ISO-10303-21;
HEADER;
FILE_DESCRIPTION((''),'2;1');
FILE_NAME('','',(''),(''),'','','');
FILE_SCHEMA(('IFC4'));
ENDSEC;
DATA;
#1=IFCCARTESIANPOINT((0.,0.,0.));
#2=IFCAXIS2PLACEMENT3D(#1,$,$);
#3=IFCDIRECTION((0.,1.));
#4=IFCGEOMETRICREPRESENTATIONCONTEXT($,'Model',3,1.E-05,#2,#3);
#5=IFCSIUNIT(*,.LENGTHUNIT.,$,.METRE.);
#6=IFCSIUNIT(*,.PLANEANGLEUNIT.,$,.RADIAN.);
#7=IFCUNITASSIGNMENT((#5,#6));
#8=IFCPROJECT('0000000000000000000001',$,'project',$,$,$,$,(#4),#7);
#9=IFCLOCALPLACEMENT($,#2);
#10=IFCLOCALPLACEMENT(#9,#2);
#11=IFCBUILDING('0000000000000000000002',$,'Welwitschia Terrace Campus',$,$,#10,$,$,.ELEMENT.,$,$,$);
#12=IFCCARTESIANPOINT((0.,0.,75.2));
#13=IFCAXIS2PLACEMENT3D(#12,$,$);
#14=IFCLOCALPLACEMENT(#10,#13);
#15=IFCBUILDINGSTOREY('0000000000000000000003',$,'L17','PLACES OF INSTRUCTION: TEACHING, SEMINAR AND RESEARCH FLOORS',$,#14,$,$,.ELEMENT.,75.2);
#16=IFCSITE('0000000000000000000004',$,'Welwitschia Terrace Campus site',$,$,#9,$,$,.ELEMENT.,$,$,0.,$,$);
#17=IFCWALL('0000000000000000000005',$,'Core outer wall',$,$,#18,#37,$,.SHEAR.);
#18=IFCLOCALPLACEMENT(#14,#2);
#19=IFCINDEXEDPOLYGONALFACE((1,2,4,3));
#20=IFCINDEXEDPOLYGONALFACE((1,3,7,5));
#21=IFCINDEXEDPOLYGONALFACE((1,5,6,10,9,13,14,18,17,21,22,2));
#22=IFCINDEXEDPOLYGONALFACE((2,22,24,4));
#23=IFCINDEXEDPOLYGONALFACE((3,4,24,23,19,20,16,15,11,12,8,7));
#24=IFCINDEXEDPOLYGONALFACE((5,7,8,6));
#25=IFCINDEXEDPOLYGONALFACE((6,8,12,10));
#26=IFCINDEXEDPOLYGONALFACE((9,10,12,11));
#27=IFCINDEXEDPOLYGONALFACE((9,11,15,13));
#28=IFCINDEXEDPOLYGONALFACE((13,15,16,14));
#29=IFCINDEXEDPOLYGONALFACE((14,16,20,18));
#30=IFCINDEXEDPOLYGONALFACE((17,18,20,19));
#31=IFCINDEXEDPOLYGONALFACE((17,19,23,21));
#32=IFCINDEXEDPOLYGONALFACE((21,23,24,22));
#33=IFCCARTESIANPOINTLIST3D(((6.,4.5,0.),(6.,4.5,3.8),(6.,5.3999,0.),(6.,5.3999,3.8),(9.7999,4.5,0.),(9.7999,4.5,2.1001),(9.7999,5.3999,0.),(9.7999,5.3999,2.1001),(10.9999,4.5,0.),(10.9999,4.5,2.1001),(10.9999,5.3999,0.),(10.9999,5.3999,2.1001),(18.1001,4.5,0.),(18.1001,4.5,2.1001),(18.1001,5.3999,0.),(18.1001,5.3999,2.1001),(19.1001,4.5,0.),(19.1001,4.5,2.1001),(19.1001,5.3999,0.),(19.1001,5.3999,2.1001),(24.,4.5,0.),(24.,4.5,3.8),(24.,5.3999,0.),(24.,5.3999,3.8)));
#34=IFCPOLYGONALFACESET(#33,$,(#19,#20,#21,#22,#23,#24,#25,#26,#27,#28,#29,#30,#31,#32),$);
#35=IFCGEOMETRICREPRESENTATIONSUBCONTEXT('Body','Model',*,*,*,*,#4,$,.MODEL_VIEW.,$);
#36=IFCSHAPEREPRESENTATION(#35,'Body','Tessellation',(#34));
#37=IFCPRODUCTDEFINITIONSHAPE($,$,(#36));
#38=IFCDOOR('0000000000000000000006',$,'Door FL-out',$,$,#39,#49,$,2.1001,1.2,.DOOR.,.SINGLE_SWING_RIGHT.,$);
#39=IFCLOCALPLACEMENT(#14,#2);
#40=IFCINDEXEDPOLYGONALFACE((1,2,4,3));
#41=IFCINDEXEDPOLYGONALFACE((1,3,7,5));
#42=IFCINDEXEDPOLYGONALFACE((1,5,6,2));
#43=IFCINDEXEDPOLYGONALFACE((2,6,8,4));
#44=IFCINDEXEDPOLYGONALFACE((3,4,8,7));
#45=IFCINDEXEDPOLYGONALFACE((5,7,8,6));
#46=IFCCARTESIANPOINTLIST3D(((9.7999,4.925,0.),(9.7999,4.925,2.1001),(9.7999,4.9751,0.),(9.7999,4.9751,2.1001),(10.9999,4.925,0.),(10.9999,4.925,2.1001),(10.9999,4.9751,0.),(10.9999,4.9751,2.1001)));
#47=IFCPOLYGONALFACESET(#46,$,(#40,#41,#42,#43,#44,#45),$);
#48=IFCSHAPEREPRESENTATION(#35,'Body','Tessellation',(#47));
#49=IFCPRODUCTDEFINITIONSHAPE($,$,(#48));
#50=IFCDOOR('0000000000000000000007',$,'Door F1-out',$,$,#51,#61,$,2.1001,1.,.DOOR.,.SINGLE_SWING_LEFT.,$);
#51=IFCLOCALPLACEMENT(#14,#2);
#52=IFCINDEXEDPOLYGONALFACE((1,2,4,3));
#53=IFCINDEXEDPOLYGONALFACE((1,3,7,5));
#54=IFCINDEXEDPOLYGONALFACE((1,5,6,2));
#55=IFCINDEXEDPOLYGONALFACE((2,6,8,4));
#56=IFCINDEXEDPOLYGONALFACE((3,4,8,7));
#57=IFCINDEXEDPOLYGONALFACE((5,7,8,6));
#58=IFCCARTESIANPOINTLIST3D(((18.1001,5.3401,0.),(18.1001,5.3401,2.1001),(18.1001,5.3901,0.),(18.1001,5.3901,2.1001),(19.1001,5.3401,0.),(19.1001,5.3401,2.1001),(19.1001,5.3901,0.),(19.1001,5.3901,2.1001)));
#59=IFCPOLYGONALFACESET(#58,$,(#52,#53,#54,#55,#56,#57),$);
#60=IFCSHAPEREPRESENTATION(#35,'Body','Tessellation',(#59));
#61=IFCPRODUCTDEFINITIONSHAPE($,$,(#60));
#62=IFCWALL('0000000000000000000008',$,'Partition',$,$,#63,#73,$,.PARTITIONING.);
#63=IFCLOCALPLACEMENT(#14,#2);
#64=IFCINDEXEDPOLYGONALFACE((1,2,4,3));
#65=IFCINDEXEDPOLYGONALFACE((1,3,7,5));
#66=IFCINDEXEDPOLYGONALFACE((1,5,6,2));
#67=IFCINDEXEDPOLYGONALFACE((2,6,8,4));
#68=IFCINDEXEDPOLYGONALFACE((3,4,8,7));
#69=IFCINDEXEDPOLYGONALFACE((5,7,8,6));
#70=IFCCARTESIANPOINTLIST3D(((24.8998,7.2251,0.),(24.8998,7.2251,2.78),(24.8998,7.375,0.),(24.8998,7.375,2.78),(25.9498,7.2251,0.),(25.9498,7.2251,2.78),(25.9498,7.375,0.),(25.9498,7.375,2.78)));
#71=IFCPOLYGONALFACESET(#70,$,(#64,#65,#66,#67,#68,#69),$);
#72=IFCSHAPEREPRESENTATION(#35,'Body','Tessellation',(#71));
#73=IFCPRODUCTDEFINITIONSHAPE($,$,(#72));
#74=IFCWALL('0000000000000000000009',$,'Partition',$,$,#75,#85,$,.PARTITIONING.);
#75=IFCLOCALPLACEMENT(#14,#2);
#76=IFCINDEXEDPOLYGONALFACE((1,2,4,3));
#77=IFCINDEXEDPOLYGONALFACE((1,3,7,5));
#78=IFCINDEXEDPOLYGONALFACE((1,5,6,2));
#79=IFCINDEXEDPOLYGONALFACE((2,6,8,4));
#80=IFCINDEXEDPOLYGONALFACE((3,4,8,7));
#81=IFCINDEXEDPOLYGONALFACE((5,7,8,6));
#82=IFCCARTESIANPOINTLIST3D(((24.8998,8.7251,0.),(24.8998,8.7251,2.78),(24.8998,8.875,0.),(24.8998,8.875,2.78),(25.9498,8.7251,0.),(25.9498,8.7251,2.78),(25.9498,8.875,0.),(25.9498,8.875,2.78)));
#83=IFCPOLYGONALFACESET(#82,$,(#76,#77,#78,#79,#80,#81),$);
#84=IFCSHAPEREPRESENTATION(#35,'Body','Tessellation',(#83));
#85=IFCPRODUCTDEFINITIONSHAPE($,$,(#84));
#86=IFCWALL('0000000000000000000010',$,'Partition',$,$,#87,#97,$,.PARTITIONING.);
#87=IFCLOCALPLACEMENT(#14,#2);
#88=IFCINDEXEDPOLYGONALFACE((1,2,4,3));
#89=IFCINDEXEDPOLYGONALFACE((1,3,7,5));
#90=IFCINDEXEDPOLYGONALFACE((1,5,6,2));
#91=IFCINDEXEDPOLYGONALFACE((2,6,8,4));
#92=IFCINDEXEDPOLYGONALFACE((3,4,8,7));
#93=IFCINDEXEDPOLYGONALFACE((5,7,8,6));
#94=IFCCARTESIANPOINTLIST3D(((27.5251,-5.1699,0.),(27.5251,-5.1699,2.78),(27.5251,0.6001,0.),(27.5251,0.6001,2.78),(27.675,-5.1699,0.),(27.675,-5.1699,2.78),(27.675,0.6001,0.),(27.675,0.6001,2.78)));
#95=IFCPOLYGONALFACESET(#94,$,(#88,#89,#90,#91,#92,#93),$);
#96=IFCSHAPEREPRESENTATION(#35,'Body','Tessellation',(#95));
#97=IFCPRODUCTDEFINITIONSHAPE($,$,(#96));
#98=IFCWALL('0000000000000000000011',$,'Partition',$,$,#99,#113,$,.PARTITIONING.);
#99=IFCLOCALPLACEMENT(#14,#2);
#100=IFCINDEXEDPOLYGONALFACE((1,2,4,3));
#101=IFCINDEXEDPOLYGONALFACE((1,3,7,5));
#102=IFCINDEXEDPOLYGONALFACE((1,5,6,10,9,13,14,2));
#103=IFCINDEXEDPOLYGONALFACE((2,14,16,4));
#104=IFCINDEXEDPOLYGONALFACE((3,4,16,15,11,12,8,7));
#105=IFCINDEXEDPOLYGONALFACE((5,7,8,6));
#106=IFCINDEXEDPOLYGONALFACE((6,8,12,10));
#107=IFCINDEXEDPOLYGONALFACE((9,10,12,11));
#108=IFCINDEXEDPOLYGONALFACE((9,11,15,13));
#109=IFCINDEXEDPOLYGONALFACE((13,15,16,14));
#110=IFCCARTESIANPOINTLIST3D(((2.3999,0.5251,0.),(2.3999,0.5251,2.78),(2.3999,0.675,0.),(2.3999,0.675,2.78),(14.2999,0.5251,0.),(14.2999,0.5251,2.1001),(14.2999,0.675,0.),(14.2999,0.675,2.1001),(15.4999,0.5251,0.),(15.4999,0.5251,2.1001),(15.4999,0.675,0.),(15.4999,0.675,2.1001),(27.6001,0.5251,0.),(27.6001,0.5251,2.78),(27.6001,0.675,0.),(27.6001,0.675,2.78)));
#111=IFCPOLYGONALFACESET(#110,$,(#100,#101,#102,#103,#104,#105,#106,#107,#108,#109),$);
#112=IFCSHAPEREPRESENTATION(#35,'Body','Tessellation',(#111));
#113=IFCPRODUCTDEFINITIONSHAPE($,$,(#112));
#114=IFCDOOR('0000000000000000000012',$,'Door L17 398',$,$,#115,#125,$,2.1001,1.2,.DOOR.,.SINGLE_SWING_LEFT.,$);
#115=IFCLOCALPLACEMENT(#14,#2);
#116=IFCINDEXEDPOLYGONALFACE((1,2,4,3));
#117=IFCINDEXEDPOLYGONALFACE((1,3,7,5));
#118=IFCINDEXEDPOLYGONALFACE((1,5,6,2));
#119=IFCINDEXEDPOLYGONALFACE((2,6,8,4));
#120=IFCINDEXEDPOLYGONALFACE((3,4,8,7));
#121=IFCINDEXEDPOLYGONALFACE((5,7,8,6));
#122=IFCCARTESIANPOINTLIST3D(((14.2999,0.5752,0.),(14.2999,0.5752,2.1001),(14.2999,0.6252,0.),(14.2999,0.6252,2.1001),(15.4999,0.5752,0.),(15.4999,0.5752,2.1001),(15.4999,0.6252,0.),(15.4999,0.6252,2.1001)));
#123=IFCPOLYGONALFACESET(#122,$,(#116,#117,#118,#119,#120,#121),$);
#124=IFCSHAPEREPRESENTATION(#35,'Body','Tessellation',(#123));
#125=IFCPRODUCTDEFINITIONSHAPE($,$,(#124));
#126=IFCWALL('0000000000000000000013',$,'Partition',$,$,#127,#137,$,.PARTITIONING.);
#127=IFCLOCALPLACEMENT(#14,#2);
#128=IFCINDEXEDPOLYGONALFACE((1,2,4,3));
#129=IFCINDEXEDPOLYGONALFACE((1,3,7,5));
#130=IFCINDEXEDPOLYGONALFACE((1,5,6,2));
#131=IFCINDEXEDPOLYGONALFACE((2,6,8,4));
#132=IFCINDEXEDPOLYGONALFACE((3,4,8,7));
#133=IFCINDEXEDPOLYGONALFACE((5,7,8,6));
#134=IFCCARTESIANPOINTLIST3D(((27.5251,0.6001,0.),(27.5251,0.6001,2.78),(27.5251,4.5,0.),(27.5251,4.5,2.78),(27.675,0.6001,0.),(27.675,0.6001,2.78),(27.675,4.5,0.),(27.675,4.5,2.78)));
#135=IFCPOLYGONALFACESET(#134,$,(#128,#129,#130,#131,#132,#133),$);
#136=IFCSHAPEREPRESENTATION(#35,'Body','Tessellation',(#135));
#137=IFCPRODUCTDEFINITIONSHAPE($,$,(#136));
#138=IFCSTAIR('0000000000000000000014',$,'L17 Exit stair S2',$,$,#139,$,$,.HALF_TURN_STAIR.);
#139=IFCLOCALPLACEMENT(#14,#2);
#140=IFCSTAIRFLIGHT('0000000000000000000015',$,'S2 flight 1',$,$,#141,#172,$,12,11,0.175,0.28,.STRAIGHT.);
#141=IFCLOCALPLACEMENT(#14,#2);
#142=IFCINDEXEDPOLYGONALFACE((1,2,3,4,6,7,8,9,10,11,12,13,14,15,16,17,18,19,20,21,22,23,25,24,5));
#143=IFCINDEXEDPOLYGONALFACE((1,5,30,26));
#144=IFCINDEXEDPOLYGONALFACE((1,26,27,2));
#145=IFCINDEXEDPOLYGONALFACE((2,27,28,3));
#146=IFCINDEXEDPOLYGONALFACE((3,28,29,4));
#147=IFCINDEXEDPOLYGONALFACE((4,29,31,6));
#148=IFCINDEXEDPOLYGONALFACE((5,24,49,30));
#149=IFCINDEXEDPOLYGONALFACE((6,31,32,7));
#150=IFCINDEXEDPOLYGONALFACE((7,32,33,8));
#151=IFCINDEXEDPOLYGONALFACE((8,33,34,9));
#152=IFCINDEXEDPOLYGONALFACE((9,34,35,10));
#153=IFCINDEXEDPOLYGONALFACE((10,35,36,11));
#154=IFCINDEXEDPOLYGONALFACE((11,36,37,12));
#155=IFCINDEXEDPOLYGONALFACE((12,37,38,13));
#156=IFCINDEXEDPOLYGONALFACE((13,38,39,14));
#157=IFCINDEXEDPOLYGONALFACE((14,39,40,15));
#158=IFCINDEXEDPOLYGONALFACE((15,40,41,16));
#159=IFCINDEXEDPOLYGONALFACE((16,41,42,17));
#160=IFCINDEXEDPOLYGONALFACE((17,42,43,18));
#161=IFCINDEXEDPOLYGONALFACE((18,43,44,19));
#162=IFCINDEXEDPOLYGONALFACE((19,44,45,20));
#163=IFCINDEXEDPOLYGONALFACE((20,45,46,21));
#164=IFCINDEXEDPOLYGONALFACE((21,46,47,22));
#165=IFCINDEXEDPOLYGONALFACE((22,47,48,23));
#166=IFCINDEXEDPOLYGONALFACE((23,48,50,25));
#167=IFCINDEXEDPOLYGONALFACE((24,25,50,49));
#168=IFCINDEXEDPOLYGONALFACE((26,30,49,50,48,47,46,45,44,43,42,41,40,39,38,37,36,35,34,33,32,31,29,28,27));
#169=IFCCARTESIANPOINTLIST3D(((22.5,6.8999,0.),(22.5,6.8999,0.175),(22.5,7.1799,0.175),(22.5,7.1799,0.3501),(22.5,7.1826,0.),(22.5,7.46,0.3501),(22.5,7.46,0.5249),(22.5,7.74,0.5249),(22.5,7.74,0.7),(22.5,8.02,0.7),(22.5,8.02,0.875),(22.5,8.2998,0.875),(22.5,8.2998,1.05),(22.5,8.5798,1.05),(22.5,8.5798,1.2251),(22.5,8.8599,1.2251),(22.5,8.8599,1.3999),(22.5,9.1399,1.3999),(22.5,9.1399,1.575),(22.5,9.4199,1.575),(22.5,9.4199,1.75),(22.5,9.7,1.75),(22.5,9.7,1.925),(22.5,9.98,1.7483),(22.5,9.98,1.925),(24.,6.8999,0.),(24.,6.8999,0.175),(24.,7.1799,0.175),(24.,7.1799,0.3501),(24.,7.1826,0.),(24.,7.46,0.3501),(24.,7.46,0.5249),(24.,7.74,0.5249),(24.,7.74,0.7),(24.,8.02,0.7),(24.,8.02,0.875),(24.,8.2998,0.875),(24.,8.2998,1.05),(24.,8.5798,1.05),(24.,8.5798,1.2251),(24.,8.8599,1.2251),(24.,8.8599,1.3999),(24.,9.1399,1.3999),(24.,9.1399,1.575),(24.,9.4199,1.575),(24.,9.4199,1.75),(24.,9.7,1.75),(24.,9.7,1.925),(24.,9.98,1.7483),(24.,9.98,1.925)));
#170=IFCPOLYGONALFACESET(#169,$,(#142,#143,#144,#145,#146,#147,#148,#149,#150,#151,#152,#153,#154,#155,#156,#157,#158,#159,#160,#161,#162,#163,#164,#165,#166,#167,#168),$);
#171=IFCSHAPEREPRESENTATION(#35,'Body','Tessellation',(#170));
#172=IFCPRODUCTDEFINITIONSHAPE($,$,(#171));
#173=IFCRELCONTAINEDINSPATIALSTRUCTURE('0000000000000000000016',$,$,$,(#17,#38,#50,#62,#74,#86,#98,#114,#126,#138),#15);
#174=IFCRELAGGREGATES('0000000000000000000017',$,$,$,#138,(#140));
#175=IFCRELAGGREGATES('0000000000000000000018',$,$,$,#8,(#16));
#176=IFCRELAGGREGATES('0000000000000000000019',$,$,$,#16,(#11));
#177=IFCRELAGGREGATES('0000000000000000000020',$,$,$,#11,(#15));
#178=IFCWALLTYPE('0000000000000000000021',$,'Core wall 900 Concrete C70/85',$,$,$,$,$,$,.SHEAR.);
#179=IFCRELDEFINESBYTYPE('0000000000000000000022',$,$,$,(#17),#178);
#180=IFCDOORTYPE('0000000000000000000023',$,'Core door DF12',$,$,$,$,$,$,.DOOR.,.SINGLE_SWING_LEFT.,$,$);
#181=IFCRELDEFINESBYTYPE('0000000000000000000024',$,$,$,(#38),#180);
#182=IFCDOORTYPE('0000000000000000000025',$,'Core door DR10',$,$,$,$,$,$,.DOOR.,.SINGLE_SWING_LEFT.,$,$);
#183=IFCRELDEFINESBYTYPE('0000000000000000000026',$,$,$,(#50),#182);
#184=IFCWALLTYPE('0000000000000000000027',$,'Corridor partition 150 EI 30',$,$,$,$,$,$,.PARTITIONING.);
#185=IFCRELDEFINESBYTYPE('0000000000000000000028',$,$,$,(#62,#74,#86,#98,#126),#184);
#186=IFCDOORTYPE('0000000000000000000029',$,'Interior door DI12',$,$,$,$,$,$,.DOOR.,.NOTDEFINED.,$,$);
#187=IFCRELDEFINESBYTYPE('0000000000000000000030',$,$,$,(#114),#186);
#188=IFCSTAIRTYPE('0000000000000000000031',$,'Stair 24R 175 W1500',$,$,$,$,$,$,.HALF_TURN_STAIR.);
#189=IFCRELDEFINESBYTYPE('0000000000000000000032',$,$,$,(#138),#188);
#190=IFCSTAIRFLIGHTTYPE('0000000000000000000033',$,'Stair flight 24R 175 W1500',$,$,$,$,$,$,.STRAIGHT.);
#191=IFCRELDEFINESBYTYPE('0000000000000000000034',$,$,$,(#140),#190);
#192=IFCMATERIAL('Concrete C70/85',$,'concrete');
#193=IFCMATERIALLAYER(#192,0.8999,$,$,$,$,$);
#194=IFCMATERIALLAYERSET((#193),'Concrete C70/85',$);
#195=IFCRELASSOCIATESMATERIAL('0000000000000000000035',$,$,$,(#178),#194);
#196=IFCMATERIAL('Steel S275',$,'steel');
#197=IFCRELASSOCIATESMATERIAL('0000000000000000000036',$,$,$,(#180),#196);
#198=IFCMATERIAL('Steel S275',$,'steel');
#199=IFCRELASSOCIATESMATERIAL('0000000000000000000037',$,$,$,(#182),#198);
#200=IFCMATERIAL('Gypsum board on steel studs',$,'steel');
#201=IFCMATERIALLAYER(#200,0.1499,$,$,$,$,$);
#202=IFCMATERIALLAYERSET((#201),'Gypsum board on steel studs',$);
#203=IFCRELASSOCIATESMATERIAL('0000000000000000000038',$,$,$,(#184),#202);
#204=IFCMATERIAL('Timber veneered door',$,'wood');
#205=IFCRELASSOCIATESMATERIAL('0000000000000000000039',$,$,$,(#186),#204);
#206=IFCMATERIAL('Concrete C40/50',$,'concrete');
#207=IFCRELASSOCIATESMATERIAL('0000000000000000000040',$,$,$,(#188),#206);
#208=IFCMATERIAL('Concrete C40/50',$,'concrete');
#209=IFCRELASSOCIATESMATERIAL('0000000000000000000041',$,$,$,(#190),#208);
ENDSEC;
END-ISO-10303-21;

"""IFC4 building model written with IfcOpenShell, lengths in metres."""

from ifc_helpers import new_model, si_unit, direction, frame, frame_2d, origin, place, context, subcontext, project, spatial, polyline, rectangle, outline, extrude, material, layer, layer_set, type_object, element, fill, aggregate, save


model = new_model("IFC4")

# Units and contexts
model_context = context("Model", 3, precision=1e-05, world=origin(), true_north=direction((0.0, 1.0)))
body_context = subcontext(model_context, "Body", "Model", "MODEL_VIEW")
ifc_project = project(units=[si_unit("LENGTHUNIT", "METRE"), si_unit("PLANEANGLEUNIT", "RADIAN")], contexts=[model_context])

# Site, building, storey
site_placement = place(None, origin())
site = spatial("IfcSite", under=ifc_project, at=site_placement, Name="Welwitschia Terrace Campus site", CompositionType="ELEMENT", RefElevation=0.0)
building_placement = place(site_placement, origin())
building = spatial("IfcBuilding", under=site, at=building_placement, Name="Welwitschia Terrace Campus", CompositionType="ELEMENT")
storey_placement = place(building_placement, frame((0.0, 0.0, 75.2)))
storey = spatial("IfcBuildingStorey", under=building, at=storey_placement, Name="L17", Description="PLACES OF INSTRUCTION: TEACHING, SEMINAR AND RESEARCH FLOORS", CompositionType="ELEMENT", Elevation=75.2)

# Wall, openings, doors
ifc_material_1 = material(Name="Concrete C70/85", Category="concrete")
ifc_layer_1 = layer(ifc_material_1, 0.8999)
ifc_layer_set_1 = layer_set([ifc_layer_1], Name="Concrete C70/85")
wall_type_1 = type_object("IfcWallType", Name="Core wall 900 Concrete C70/85", PredefinedType="SHEAR", material=ifc_layer_set_1)
wall_1_placement = place(storey_placement, frame((24.0, 4.95, 0.0), z_axis=(0.0, 0.0, 1.0), x_axis=(-1.0, 0.0, 0.0)))
wall_1 = element("IfcWall", 1, at=wall_1_placement, inside=storey, type_object=wall_type_1, Name="Core outer wall", PredefinedType="SHEAR", context=body_context, shape_type="SweptSolid", body=[
    extrude(rectangle(XDim=18.0, YDim=0.8999, at=frame_2d((9.0, 0.0))), origin(), (0.0, 0.0, 1.0), 3.8),
])
opening_1_placement = place(wall_1_placement, frame((13.0, 0.0, 0.0)))
opening_1 = element("IfcOpeningElement", 2, at=opening_1_placement, cuts=wall_1, PredefinedType="OPENING", context=body_context, shape_type="SweptSolid", body=[
    extrude(rectangle(XDim=1.2, YDim=2.1001, at=frame_2d((0.6001, 1.05))), frame((0.0, 0.46, 0.0), z_axis=(0.0, -1.0, 0.0), x_axis=(1.0, 0.0, 0.0)), (0.0, 0.0, 1.0), 0.9199),
])
opening_2_placement = place(wall_1_placement, frame((4.8999, 0.0, 0.0)))
opening_2 = element("IfcOpeningElement", 3, at=opening_2_placement, cuts=wall_1, PredefinedType="OPENING", context=body_context, shape_type="SweptSolid", body=[
    extrude(rectangle(XDim=1.0, YDim=2.1001, at=frame_2d((0.5, 1.05))), frame((0.0, 0.46, 0.0), z_axis=(0.0, -1.0, 0.0), x_axis=(1.0, 0.0, 0.0)), (0.0, 0.0, 1.0), 0.9199),
])
ifc_material_2 = material(Name="Steel S275", Category="steel")
door_type_1 = type_object("IfcDoorType", Name="Core door DF12", OperationType="SINGLE_SWING_LEFT", PredefinedType="DOOR", material=ifc_material_2)
door_1_placement = place(opening_1_placement, origin())
door_1 = element("IfcDoor", 4, at=door_1_placement, inside=storey, type_object=door_type_1, Name="Door FL-out", OperationType="SINGLE_SWING_RIGHT", OverallHeight=2.1001, OverallWidth=1.2, PredefinedType="DOOR", context=body_context, shape_type="SweptSolid", body=[
    extrude(rectangle(XDim=1.2, YDim=2.1001, at=frame_2d((0.6001, 1.05))), frame((0.0, 0.0249, 0.0), z_axis=(0.0, -1.0, 0.0), x_axis=(1.0, 0.0, 0.0)), (0.0, 0.0, 1.0), 0.05),
])
fill(opening_1, door_1)
ifc_material_3 = material(Name="Steel S275", Category="steel")
door_type_2 = type_object("IfcDoorType", Name="Core door DR10", OperationType="SINGLE_SWING_LEFT", PredefinedType="DOOR", material=ifc_material_3)
door_2_placement = place(opening_2_placement, origin())
door_2 = element("IfcDoor", 5, at=door_2_placement, inside=storey, type_object=door_type_2, Name="Door F1-out", OperationType="SINGLE_SWING_LEFT", OverallHeight=2.1001, OverallWidth=1.0, PredefinedType="DOOR", context=body_context, shape_type="SweptSolid", body=[
    extrude(rectangle(XDim=1.0, YDim=2.1001, at=frame_2d((0.5, 1.05))), frame((0.0, -0.3901, 0.0), z_axis=(0.0, -1.0, 0.0), x_axis=(1.0, 0.0, 0.0)), (0.0, 0.0, 1.0), 0.05),
])
fill(opening_2, door_2)

# Walls
ifc_material_4 = material(Name="Gypsum board on steel studs", Category="steel")
ifc_layer_2 = layer(ifc_material_4, 0.1499)
ifc_layer_set_2 = layer_set([ifc_layer_2], Name="Gypsum board on steel studs")
wall_type_2 = type_object("IfcWallType", Name="Corridor partition 150 EI 30", PredefinedType="PARTITIONING", material=ifc_layer_set_2)
for number, where, z_axis, x_axis, name in (
    (6, (24.8999, 7.3, 0.0), (0.0, 0.0, 1.0), (1.0, 0.0, 0.0), "Partition"),
    (7, (24.8999, 8.8, 0.0), (0.0, 0.0, 1.0), (1.0, 0.0, 0.0), "Partition"),
):
    element("IfcWall", number, at=place(storey_placement, frame(where, z_axis=z_axis, x_axis=x_axis)), inside=storey, type_object=wall_type_2, Name=name, PredefinedType="PARTITIONING", context=body_context, shape_type="SweptSolid", body=[
        extrude(rectangle(XDim=1.05, YDim=0.1499, at=frame_2d((0.5249, 0.0))), origin(), (0.0, 0.0, 1.0), 2.78),
    ])
wall_2_placement = place(storey_placement, frame((27.6001, -5.1699, 0.0), z_axis=(0.0, 0.0, 1.0), x_axis=(0.0, 1.0, 0.0)))
element("IfcWall", 8, at=wall_2_placement, inside=storey, type_object=wall_type_2, Name="Partition", PredefinedType="PARTITIONING", context=body_context, shape_type="SweptSolid", body=[
    extrude(rectangle(XDim=5.77, YDim=0.1499, at=frame_2d((2.885, 0.0))), origin(), (0.0, 0.0, 1.0), 2.78),
])

# Wall, opening, door
wall_3_placement = place(storey_placement, frame((27.6001, 0.6001, 0.0), z_axis=(0.0, 0.0, 1.0), x_axis=(-1.0, 0.0, 0.0)))
wall_3 = element("IfcWall", 9, at=wall_3_placement, inside=storey, type_object=wall_type_2, Name="Partition", PredefinedType="PARTITIONING", context=body_context, shape_type="SweptSolid", body=[
    extrude(rectangle(XDim=25.2002, YDim=0.1499, at=frame_2d((12.6001, 0.0))), origin(), (0.0, 0.0, 1.0), 2.78),
])
opening_3_placement = place(wall_3_placement, frame((12.1001, 0.0, 0.0)))
opening_3 = element("IfcOpeningElement", 10, at=opening_3_placement, cuts=wall_3, PredefinedType="OPENING", context=body_context, shape_type="SweptSolid", body=[
    extrude(rectangle(XDim=1.2, YDim=2.1001, at=frame_2d((0.6001, 1.05))), frame((0.0, 0.085, 0.0), z_axis=(0.0, -1.0, 0.0), x_axis=(1.0, 0.0, 0.0)), (0.0, 0.0, 1.0), 0.1699),
])
ifc_material_5 = material(Name="Timber veneered door", Category="wood")
door_type_3 = type_object("IfcDoorType", Name="Interior door DI12", OperationType="NOTDEFINED", PredefinedType="DOOR", material=ifc_material_5)
door_3_placement = place(opening_3_placement, origin())
door_3 = element("IfcDoor", 11, at=door_3_placement, inside=storey, type_object=door_type_3, Name="Door L17 398", OperationType="SINGLE_SWING_LEFT", OverallHeight=2.1001, OverallWidth=1.2, PredefinedType="DOOR", context=body_context, shape_type="SweptSolid", body=[
    extrude(rectangle(XDim=1.2, YDim=2.1001, at=frame_2d((0.6001, 1.05))), frame((0.0, 0.0249, 0.0), z_axis=(0.0, -1.0, 0.0), x_axis=(1.0, 0.0, 0.0)), (0.0, 0.0, 1.0), 0.05),
])
fill(opening_3, door_3)

# Wall
wall_4_placement = place(storey_placement, frame((27.6001, 0.6001, 0.0), z_axis=(0.0, 0.0, 1.0), x_axis=(0.0, 1.0, 0.0)))
element("IfcWall", 12, at=wall_4_placement, inside=storey, type_object=wall_type_2, Name="Partition", PredefinedType="PARTITIONING", context=body_context, shape_type="SweptSolid", body=[
    extrude(rectangle(XDim=3.8999, YDim=0.1499, at=frame_2d((1.95, 0.0))), origin(), (0.0, 0.0, 1.0), 2.78),
])

# Stair, stair flight
ifc_material_6 = material(Name="Concrete C40/50", Category="concrete")
stair_type = type_object("IfcStairType", Name="Stair 24R 175 W1500", PredefinedType="HALF_TURN_STAIR", material=ifc_material_6)
stair_placement = place(storey_placement, origin())
stair = element("IfcStair", 13, at=stair_placement, inside=storey, type_object=stair_type, Name="L17 Exit stair S2", PredefinedType="HALF_TURN_STAIR")
ifc_material_7 = material(Name="Concrete C40/50", Category="concrete")
stair_flight_type = type_object("IfcStairFlightType", Name="Stair flight 24R 175 W1500", PredefinedType="STRAIGHT", material=ifc_material_7)
stair_flight_1_placement = place(storey_placement, frame((23.25, 6.8999, 0.0), z_axis=(0.0, 0.0, 1.0), x_axis=(0.0, 1.0, 0.0)))
stair_flight_1 = element("IfcStairFlight", 14, at=stair_flight_1_placement, type_object=stair_flight_type, Name="S2 flight 1", NumberOfRisers=12, NumberOfTreads=11, PredefinedType="STRAIGHT", RiserHeight=0.175, TreadLength=0.28, context=body_context, shape_type="SweptSolid", body=[
    extrude(outline(polyline([(0.0, 0.0), (0.0, 0.175), (0.28, 0.175), (0.28, 0.3501), (0.5601, 0.3501), (0.5601, 0.5249), (0.8401, 0.5249), (0.8401, 0.7), (1.1201, 0.7), (1.1201, 0.875), (1.3999, 0.875), (1.3999, 1.05), (1.6799, 1.05), (1.6799, 1.2251), (1.96, 1.2251), (1.96, 1.3999), (2.24, 1.3999), (2.24, 1.575), (2.52, 1.575), (2.52, 1.75), (2.8, 1.75), (2.8, 1.925), (3.0801, 1.925), (3.0801, 2.1001), (3.0801, 1.7483), (0.2827, 0.0), (0.0, 0.0)])), frame((0.0, 0.75, 0.0), z_axis=(0.0, -1.0, 0.0), x_axis=(1.0, 0.0, 0.0)), (0.0, 0.0, 1.0), 1.5),
])
aggregate(stair, [stair_flight_1])

save(model, "model.ifc")
